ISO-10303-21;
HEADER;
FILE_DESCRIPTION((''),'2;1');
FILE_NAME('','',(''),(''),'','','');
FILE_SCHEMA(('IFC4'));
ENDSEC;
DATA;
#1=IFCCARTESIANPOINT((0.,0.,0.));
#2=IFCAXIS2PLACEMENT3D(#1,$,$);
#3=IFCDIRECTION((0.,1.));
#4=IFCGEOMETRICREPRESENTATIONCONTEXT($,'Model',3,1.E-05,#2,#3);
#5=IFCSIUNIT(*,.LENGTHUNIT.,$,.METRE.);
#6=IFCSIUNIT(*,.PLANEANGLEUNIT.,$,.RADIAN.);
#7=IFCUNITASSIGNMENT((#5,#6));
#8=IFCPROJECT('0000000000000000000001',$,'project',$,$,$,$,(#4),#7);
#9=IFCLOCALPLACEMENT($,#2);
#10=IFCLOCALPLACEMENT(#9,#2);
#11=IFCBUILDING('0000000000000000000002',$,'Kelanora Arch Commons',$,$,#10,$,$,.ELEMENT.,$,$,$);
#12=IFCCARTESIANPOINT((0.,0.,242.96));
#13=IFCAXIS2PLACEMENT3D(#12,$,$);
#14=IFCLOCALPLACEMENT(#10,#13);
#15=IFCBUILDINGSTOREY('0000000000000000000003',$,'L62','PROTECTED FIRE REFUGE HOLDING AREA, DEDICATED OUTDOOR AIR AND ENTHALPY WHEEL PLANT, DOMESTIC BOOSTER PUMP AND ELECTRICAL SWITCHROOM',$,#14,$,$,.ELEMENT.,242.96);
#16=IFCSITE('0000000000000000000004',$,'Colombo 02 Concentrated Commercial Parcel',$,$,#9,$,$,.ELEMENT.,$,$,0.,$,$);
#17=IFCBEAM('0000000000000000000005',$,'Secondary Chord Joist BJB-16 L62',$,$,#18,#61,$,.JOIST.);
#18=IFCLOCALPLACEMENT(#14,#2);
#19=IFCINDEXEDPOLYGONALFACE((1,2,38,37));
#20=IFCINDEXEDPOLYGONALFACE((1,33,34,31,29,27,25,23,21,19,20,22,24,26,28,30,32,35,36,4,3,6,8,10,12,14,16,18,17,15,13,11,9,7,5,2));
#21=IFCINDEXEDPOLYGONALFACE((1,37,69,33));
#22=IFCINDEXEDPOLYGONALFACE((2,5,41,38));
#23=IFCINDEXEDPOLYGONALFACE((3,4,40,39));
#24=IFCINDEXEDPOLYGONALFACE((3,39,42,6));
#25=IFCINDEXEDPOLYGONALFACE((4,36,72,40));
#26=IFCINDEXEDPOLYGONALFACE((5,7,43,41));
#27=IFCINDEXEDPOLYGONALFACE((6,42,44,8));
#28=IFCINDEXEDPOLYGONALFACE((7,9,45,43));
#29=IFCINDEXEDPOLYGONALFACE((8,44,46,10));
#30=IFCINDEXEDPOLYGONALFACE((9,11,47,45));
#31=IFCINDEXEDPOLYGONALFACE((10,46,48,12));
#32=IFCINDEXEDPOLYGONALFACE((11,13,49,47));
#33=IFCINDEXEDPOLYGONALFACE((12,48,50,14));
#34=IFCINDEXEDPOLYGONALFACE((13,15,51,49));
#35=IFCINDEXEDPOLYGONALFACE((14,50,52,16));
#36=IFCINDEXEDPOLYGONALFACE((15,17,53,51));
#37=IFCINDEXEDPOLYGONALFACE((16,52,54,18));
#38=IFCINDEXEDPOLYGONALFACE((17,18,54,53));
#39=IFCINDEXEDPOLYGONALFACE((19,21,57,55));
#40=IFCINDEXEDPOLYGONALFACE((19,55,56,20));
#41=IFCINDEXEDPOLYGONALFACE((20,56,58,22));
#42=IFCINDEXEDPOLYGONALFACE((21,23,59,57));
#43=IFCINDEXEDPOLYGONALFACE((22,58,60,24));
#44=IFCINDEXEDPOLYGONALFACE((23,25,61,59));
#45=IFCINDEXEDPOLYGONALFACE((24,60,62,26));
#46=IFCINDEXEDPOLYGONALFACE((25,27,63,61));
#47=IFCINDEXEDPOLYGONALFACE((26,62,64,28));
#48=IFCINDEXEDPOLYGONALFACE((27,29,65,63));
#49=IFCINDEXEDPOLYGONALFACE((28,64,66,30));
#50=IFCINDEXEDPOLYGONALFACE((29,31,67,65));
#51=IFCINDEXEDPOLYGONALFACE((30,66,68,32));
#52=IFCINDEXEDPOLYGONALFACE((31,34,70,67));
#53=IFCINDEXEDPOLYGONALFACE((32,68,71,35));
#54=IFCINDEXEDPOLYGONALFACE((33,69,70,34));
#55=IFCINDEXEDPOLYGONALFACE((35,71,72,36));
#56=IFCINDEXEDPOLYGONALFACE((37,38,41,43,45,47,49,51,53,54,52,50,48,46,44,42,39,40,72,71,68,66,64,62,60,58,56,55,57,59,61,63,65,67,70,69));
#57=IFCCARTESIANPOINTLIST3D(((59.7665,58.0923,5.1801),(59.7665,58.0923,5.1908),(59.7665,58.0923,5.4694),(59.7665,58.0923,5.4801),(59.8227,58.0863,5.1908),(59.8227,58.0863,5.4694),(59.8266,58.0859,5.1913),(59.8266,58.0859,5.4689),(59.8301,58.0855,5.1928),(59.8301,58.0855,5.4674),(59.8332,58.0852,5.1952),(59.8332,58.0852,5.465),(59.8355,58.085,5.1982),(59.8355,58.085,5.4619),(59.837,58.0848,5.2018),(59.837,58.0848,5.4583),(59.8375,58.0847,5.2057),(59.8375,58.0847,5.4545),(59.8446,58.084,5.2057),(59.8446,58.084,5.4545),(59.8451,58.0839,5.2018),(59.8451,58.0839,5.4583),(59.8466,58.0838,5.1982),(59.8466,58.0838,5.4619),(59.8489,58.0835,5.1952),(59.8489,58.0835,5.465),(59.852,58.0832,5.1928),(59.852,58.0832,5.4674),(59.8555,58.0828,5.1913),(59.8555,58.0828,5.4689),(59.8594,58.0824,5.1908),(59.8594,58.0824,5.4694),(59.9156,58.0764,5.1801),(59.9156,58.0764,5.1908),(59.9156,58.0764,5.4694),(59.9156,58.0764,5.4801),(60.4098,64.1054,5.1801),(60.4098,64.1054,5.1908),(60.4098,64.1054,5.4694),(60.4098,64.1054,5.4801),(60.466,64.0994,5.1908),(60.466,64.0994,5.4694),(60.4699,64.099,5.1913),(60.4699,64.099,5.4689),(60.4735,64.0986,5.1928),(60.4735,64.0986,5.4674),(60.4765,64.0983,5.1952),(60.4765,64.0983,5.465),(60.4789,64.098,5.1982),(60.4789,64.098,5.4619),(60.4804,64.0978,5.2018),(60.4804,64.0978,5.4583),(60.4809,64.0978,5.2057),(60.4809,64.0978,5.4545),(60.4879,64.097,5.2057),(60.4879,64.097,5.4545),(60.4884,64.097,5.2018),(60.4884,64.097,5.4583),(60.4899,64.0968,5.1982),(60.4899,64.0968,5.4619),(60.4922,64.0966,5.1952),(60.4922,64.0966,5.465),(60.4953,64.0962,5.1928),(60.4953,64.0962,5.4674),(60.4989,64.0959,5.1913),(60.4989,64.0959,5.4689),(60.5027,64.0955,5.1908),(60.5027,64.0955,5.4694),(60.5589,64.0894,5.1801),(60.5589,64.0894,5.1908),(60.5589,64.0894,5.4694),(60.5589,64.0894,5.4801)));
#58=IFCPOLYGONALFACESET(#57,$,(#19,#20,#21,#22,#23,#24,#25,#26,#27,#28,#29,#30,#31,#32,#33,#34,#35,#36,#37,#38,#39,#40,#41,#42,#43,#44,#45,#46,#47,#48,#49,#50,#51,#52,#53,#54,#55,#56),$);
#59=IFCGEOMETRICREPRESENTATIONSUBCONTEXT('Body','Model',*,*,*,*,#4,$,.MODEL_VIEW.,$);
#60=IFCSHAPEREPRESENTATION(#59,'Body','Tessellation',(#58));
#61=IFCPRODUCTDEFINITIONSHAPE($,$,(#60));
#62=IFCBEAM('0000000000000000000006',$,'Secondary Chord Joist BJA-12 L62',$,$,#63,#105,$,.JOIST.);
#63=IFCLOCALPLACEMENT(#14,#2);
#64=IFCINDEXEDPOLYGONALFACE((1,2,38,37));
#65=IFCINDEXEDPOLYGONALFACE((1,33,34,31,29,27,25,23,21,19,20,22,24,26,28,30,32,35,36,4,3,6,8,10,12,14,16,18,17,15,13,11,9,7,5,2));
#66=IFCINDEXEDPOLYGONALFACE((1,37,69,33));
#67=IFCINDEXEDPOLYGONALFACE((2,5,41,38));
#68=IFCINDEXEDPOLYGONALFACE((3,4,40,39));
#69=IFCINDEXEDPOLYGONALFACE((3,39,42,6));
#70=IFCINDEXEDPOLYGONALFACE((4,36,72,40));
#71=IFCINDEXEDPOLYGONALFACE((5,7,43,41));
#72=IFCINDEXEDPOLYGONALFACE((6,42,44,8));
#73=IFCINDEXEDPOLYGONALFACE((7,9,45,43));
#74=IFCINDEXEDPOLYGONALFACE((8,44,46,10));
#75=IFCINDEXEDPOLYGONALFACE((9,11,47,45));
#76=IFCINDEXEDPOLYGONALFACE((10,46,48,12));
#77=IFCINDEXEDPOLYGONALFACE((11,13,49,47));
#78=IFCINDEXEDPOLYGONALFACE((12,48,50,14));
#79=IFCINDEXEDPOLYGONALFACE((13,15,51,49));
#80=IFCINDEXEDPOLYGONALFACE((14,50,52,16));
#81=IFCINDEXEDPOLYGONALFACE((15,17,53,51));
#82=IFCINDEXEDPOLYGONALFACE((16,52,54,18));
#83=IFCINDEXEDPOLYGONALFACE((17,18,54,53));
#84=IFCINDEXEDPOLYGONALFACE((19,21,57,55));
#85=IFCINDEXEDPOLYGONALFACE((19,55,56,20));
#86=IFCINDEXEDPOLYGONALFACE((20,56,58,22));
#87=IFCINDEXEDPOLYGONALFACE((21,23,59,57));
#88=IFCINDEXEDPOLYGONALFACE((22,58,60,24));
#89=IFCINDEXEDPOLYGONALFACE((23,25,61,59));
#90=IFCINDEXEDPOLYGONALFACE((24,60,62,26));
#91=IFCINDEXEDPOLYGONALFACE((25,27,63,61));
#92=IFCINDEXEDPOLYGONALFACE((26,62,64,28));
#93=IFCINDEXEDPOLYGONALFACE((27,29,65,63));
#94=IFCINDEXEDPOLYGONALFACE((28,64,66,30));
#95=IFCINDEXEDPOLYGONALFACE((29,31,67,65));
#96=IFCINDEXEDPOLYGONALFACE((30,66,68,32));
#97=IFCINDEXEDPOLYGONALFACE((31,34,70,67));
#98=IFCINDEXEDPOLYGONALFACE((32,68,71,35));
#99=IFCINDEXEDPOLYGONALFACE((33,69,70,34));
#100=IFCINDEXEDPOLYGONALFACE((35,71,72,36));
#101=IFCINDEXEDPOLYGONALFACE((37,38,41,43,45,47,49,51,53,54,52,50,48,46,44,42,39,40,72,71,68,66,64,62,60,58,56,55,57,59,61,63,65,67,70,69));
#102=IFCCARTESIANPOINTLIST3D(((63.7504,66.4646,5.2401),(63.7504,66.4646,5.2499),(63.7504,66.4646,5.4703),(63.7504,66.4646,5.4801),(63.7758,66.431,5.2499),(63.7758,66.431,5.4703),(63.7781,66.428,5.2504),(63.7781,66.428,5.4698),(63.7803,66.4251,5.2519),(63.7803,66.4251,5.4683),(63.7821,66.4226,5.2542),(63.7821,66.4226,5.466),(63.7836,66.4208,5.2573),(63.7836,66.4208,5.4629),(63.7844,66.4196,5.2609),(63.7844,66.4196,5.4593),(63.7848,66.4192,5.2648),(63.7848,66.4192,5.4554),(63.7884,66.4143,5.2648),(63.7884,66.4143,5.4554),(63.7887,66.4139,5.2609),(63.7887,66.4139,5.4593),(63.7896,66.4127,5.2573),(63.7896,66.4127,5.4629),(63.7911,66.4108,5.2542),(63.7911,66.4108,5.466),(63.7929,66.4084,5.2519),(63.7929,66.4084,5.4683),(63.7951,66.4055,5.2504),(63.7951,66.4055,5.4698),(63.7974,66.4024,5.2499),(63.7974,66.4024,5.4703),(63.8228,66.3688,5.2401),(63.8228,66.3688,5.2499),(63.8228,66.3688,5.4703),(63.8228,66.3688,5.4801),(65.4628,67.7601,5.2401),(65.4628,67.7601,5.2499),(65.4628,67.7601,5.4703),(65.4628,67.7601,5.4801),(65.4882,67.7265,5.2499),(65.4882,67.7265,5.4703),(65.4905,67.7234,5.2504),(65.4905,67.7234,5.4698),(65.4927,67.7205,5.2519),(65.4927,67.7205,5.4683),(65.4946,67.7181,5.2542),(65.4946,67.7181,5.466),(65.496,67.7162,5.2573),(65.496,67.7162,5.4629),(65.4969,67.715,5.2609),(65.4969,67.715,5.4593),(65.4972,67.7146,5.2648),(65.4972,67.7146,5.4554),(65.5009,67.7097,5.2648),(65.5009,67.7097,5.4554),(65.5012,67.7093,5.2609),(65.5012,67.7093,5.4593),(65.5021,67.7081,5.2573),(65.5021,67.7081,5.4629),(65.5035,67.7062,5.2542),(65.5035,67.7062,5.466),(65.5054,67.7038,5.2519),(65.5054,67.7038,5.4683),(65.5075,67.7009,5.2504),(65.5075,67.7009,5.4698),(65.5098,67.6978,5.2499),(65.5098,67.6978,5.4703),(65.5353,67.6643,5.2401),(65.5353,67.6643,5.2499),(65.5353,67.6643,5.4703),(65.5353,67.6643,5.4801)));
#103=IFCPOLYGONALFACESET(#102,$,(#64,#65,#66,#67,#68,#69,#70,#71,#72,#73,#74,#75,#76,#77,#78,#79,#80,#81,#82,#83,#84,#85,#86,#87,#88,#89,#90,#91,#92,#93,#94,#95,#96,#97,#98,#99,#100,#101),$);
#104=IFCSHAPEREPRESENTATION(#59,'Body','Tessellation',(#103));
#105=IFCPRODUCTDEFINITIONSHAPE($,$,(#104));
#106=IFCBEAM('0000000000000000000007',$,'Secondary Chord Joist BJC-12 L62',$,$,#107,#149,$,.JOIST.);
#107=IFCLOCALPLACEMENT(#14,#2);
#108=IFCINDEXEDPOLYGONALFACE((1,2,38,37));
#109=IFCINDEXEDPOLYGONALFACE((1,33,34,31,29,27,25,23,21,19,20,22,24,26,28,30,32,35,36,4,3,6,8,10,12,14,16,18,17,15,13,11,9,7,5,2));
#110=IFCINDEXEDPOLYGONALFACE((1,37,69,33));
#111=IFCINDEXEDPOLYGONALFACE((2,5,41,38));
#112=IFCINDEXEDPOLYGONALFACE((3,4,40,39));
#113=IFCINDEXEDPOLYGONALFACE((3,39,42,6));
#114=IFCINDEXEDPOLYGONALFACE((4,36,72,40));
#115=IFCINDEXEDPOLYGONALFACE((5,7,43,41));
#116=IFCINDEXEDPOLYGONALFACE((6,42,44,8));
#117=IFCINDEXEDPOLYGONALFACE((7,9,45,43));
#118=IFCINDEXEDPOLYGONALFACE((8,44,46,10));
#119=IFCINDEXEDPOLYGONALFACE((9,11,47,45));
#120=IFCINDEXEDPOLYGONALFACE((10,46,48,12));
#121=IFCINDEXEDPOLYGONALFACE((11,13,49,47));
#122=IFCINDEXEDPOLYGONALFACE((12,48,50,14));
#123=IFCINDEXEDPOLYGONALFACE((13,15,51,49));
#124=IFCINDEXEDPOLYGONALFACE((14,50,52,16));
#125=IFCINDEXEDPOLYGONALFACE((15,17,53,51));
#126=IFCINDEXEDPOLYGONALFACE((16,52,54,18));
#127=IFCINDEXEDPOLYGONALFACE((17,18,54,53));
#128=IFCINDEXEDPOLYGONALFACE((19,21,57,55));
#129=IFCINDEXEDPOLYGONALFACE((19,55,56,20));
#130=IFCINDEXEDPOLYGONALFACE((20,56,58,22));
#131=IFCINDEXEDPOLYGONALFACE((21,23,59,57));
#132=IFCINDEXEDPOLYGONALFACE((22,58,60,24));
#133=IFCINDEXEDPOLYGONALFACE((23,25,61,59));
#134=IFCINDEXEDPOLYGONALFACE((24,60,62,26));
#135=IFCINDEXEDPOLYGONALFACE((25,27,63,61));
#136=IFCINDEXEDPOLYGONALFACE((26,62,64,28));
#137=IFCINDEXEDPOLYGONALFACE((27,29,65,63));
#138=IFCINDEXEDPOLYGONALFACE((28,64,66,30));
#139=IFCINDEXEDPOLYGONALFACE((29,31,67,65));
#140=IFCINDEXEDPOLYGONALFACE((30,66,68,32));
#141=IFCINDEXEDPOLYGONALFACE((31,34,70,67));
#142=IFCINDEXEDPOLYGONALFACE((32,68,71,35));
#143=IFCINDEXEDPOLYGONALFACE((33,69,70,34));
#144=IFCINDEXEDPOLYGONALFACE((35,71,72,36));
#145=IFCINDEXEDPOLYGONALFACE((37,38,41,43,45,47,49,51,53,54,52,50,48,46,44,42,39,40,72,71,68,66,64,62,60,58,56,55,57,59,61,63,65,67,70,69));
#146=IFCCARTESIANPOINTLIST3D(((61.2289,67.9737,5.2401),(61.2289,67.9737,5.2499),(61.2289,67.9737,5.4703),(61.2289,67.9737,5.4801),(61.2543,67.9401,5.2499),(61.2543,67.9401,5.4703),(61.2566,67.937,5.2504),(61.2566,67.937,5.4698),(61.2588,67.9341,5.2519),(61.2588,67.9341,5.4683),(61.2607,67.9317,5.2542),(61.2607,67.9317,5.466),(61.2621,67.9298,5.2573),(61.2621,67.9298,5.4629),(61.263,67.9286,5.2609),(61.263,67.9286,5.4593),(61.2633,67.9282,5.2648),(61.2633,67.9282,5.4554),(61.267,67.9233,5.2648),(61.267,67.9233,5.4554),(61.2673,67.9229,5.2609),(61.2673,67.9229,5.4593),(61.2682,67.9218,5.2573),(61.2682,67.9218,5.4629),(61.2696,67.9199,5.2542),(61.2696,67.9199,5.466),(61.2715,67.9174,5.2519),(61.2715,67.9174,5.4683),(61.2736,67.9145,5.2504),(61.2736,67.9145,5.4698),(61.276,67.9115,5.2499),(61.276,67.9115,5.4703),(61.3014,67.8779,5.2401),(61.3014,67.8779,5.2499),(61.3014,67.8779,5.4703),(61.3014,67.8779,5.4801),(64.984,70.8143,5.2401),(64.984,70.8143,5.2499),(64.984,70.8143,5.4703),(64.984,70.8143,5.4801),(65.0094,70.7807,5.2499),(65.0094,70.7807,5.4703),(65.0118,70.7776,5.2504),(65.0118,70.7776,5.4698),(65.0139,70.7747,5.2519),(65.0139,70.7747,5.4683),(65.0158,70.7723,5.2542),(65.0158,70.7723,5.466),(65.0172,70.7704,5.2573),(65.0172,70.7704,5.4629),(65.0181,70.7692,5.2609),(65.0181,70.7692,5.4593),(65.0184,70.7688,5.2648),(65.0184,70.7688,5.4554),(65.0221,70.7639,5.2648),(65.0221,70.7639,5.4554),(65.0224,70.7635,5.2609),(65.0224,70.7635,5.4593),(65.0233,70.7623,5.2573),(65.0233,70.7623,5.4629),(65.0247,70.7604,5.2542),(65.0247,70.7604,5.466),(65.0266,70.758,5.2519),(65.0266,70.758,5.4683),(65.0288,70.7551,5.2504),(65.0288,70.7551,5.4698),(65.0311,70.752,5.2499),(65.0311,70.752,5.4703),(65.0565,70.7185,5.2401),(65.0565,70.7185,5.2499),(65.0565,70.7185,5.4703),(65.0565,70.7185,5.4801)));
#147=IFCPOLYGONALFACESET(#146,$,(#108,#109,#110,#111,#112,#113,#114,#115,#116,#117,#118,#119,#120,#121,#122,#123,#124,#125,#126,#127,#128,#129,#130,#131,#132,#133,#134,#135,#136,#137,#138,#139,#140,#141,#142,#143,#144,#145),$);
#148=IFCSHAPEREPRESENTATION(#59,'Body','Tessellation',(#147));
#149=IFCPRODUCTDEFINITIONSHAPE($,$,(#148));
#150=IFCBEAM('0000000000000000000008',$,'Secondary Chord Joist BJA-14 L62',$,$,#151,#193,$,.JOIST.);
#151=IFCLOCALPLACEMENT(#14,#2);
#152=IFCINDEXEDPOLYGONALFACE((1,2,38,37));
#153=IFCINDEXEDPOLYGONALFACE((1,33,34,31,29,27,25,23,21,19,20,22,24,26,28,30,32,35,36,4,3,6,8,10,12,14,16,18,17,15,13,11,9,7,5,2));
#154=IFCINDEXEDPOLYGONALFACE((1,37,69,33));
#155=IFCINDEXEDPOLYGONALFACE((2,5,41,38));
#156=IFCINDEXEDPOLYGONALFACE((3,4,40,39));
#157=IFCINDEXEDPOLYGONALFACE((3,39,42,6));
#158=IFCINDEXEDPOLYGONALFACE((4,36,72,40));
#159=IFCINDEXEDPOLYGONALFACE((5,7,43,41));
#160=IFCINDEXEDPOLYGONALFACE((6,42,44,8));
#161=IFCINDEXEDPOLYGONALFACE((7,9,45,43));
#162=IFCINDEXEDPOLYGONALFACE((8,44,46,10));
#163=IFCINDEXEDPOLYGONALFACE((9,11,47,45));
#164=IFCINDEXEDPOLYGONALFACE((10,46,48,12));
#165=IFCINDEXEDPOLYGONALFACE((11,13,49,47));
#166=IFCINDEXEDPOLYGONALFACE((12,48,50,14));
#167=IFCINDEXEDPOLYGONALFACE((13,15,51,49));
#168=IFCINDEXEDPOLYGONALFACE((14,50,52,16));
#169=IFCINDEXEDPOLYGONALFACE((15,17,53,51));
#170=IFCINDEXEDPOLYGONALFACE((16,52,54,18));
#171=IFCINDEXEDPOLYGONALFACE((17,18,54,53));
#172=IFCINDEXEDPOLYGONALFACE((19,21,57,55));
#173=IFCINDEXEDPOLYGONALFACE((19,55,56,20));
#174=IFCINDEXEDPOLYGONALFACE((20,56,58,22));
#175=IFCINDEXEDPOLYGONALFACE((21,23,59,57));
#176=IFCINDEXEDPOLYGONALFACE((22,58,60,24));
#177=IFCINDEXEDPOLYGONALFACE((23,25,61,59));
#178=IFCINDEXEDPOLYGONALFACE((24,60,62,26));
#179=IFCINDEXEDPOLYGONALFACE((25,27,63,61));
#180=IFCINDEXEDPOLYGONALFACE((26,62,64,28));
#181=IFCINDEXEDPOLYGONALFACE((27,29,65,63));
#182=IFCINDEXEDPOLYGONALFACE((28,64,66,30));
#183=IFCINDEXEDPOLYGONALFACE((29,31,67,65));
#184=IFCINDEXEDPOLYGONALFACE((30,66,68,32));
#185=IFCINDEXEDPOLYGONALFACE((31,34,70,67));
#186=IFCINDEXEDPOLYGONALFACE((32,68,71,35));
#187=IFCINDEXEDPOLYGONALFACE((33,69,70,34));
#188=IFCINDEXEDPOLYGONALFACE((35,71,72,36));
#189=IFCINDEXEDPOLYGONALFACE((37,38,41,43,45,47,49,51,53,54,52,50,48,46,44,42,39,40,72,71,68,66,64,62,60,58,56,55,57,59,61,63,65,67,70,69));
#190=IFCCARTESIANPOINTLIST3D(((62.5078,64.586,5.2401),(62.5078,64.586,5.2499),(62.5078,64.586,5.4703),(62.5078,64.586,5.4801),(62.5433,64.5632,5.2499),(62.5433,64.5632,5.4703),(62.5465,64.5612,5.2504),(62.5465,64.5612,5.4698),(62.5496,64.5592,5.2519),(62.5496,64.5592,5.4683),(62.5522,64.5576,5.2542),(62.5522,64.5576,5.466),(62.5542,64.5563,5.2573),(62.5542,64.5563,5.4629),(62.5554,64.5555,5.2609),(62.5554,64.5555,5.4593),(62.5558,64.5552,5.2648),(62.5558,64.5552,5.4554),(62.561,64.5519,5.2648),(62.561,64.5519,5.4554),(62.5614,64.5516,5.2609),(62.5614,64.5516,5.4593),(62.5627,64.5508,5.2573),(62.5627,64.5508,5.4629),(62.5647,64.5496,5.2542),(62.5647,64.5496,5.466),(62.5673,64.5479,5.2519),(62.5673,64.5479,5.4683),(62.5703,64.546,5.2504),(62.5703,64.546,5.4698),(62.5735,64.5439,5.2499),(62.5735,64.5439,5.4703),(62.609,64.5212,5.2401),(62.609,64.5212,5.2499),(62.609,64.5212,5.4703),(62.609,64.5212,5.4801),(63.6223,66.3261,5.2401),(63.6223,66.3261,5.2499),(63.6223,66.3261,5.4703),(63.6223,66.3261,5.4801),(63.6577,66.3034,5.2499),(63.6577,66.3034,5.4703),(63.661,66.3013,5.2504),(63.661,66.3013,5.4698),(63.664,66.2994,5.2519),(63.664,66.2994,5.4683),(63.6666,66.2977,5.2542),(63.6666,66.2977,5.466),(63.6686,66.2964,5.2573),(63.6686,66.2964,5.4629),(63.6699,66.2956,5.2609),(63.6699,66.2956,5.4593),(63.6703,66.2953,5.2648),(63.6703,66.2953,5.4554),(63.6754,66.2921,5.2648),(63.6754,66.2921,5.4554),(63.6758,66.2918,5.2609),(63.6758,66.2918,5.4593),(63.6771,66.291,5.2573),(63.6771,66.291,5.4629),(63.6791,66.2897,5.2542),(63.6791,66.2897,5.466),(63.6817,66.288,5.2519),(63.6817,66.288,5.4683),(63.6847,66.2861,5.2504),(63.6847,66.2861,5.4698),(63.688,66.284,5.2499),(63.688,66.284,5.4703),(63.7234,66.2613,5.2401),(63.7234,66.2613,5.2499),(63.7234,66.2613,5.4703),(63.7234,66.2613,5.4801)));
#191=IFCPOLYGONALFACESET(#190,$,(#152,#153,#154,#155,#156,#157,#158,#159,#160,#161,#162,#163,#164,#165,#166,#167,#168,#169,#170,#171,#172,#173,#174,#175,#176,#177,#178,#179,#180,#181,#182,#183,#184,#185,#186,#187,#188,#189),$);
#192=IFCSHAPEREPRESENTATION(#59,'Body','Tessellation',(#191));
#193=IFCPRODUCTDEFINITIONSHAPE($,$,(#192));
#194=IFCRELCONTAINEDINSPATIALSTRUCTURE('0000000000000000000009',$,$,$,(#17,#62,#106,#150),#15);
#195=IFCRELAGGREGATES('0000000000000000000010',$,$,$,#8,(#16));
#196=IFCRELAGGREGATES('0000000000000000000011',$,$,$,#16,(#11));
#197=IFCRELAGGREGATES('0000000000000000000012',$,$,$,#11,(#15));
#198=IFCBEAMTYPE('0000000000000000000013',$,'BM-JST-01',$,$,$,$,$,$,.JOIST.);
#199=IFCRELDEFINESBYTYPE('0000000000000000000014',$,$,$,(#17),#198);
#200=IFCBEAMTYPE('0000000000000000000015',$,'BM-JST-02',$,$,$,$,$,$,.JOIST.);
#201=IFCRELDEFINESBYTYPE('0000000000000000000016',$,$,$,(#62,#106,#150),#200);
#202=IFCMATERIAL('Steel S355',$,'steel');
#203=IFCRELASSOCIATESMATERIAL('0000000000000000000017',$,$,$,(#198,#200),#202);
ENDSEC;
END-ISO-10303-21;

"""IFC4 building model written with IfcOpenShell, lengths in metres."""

from ifc_helpers import new_model, si_unit, direction, frame, origin, origin_2d, place, context, subcontext, project, spatial, i_section, extrude, material, material_profile, profile_set, type_object, element, save


model = new_model("IFC4")

# Units and contexts
model_context = context("Model", 3, precision=1e-05, world=origin(), true_north=direction((0.0, 1.0)))
body_context = subcontext(model_context, "Body", "Model", "MODEL_VIEW")
ifc_project = project(units=[si_unit("LENGTHUNIT", "METRE"), si_unit("PLANEANGLEUNIT", "RADIAN")], contexts=[model_context])

# Site, building, storey
site_placement = place(None, origin())
site = spatial("IfcSite", under=ifc_project, at=site_placement, Name="Colombo 02 Concentrated Commercial Parcel", CompositionType="ELEMENT", RefElevation=0.0)
building_placement = place(site_placement, origin())
building = spatial("IfcBuilding", under=site, at=building_placement, Name="Kelanora Arch Commons", CompositionType="ELEMENT")
storey_placement = place(building_placement, frame((0.0, 0.0, 242.96)))
storey = spatial("IfcBuildingStorey", under=building, at=storey_placement, Name="L62", Description="PROTECTED FIRE REFUGE HOLDING AREA, DEDICATED OUTDOOR AIR AND ENTHALPY WHEEL PLANT, DOMESTIC BOOSTER PUMP AND ELECTRICAL SWITCHROOM", CompositionType="ELEMENT", Elevation=242.96)

# Beams
ifc_material_1 = material(Name="Steel S355", Category="steel")
ifc_material_profile_1 = material_profile(ifc_material_1, i_section(OverallWidth=0.1499, OverallDepth=0.3, WebThickness=0.0071, FlangeThickness=0.0107, FilletRadius=0.0149, at=origin_2d()), Name="IPE300")
ifc_profile_set_1 = profile_set([ifc_material_profile_1], Name="Steel S355")
beam_type_1 = type_object("IfcBeamType", Name="BM-JST-01", PredefinedType="JOIST", material=ifc_profile_set_1)
beam_1_placement = place(storey_placement, frame((60.4844, 64.0974, 5.3301), z_axis=(-0.106381, -0.994325, 0.0), x_axis=(0.994325, -0.106381, 0.0)))
element("IfcBeam", 1, at=beam_1_placement, inside=storey, type_object=beam_type_1, Name="Secondary Chord Joist BJB-16 L62", PredefinedType="JOIST", context=body_context, shape_type="SweptSolid", body=[
    extrude(i_section(OverallWidth=0.1499, OverallDepth=0.3, WebThickness=0.0071, FlangeThickness=0.0107, FilletRadius=0.0149, at=origin_2d()), origin(), (0.0, 0.0, 1.0), 6.0474),
])
ifc_material_profile_2 = material_profile(ifc_material_1, i_section(OverallWidth=0.1201, OverallDepth=0.24, WebThickness=0.0061, FlangeThickness=0.0098, FilletRadius=0.0149, at=origin_2d()), Name="IPE240")
ifc_profile_set_2 = profile_set([ifc_material_profile_2], Name="Steel S355")
beam_type_2 = type_object("IfcBeamType", Name="BM-JST-02", PredefinedType="JOIST", material=ifc_profile_set_2)
beam_2_placement = place(storey_placement, frame((65.499, 67.7122, 5.3601), z_axis=(-0.79751, -0.603306, 0.0), x_axis=(0.603306, -0.79751, 0.0)))
element("IfcBeam", 2, at=beam_2_placement, inside=storey, type_object=beam_type_2, Name="Secondary Chord Joist BJA-12 L62", PredefinedType="JOIST", context=body_context, shape_type="SweptSolid", body=[
    extrude(i_section(OverallWidth=0.1201, OverallDepth=0.24, WebThickness=0.0061, FlangeThickness=0.0098, FilletRadius=0.0149, at=origin_2d()), origin(), (0.0, 0.0, 1.0), 2.1472),
])
beam_3_placement = place(storey_placement, frame((65.0203, 70.7664, 5.3601), z_axis=(-0.797523, -0.603289, 0.0), x_axis=(0.603289, -0.797523, 0.0)))
element("IfcBeam", 3, at=beam_3_placement, inside=storey, type_object=beam_type_2, Name="Secondary Chord Joist BJC-12 L62", PredefinedType="JOIST", context=body_context, shape_type="SweptSolid", body=[
    extrude(i_section(OverallWidth=0.1201, OverallDepth=0.24, WebThickness=0.0061, FlangeThickness=0.0098, FilletRadius=0.0149, at=origin_2d()), origin(), (0.0, 0.0, 1.0), 4.7085),
])
beam_4_placement = place(storey_placement, frame((63.6729, 66.2937, 5.3601), z_axis=(-0.539312, -0.842106, 0.0), x_axis=(0.842106, -0.539312, 0.0)))
element("IfcBeam", 4, at=beam_4_placement, inside=storey, type_object=beam_type_2, Name="Secondary Chord Joist BJA-14 L62", PredefinedType="JOIST", context=body_context, shape_type="SweptSolid", body=[
    extrude(i_section(OverallWidth=0.1201, OverallDepth=0.24, WebThickness=0.0061, FlangeThickness=0.0098, FilletRadius=0.0149, at=origin_2d()), origin(), (0.0, 0.0, 1.0), 2.0664),
])

save(model, "model.ifc")
